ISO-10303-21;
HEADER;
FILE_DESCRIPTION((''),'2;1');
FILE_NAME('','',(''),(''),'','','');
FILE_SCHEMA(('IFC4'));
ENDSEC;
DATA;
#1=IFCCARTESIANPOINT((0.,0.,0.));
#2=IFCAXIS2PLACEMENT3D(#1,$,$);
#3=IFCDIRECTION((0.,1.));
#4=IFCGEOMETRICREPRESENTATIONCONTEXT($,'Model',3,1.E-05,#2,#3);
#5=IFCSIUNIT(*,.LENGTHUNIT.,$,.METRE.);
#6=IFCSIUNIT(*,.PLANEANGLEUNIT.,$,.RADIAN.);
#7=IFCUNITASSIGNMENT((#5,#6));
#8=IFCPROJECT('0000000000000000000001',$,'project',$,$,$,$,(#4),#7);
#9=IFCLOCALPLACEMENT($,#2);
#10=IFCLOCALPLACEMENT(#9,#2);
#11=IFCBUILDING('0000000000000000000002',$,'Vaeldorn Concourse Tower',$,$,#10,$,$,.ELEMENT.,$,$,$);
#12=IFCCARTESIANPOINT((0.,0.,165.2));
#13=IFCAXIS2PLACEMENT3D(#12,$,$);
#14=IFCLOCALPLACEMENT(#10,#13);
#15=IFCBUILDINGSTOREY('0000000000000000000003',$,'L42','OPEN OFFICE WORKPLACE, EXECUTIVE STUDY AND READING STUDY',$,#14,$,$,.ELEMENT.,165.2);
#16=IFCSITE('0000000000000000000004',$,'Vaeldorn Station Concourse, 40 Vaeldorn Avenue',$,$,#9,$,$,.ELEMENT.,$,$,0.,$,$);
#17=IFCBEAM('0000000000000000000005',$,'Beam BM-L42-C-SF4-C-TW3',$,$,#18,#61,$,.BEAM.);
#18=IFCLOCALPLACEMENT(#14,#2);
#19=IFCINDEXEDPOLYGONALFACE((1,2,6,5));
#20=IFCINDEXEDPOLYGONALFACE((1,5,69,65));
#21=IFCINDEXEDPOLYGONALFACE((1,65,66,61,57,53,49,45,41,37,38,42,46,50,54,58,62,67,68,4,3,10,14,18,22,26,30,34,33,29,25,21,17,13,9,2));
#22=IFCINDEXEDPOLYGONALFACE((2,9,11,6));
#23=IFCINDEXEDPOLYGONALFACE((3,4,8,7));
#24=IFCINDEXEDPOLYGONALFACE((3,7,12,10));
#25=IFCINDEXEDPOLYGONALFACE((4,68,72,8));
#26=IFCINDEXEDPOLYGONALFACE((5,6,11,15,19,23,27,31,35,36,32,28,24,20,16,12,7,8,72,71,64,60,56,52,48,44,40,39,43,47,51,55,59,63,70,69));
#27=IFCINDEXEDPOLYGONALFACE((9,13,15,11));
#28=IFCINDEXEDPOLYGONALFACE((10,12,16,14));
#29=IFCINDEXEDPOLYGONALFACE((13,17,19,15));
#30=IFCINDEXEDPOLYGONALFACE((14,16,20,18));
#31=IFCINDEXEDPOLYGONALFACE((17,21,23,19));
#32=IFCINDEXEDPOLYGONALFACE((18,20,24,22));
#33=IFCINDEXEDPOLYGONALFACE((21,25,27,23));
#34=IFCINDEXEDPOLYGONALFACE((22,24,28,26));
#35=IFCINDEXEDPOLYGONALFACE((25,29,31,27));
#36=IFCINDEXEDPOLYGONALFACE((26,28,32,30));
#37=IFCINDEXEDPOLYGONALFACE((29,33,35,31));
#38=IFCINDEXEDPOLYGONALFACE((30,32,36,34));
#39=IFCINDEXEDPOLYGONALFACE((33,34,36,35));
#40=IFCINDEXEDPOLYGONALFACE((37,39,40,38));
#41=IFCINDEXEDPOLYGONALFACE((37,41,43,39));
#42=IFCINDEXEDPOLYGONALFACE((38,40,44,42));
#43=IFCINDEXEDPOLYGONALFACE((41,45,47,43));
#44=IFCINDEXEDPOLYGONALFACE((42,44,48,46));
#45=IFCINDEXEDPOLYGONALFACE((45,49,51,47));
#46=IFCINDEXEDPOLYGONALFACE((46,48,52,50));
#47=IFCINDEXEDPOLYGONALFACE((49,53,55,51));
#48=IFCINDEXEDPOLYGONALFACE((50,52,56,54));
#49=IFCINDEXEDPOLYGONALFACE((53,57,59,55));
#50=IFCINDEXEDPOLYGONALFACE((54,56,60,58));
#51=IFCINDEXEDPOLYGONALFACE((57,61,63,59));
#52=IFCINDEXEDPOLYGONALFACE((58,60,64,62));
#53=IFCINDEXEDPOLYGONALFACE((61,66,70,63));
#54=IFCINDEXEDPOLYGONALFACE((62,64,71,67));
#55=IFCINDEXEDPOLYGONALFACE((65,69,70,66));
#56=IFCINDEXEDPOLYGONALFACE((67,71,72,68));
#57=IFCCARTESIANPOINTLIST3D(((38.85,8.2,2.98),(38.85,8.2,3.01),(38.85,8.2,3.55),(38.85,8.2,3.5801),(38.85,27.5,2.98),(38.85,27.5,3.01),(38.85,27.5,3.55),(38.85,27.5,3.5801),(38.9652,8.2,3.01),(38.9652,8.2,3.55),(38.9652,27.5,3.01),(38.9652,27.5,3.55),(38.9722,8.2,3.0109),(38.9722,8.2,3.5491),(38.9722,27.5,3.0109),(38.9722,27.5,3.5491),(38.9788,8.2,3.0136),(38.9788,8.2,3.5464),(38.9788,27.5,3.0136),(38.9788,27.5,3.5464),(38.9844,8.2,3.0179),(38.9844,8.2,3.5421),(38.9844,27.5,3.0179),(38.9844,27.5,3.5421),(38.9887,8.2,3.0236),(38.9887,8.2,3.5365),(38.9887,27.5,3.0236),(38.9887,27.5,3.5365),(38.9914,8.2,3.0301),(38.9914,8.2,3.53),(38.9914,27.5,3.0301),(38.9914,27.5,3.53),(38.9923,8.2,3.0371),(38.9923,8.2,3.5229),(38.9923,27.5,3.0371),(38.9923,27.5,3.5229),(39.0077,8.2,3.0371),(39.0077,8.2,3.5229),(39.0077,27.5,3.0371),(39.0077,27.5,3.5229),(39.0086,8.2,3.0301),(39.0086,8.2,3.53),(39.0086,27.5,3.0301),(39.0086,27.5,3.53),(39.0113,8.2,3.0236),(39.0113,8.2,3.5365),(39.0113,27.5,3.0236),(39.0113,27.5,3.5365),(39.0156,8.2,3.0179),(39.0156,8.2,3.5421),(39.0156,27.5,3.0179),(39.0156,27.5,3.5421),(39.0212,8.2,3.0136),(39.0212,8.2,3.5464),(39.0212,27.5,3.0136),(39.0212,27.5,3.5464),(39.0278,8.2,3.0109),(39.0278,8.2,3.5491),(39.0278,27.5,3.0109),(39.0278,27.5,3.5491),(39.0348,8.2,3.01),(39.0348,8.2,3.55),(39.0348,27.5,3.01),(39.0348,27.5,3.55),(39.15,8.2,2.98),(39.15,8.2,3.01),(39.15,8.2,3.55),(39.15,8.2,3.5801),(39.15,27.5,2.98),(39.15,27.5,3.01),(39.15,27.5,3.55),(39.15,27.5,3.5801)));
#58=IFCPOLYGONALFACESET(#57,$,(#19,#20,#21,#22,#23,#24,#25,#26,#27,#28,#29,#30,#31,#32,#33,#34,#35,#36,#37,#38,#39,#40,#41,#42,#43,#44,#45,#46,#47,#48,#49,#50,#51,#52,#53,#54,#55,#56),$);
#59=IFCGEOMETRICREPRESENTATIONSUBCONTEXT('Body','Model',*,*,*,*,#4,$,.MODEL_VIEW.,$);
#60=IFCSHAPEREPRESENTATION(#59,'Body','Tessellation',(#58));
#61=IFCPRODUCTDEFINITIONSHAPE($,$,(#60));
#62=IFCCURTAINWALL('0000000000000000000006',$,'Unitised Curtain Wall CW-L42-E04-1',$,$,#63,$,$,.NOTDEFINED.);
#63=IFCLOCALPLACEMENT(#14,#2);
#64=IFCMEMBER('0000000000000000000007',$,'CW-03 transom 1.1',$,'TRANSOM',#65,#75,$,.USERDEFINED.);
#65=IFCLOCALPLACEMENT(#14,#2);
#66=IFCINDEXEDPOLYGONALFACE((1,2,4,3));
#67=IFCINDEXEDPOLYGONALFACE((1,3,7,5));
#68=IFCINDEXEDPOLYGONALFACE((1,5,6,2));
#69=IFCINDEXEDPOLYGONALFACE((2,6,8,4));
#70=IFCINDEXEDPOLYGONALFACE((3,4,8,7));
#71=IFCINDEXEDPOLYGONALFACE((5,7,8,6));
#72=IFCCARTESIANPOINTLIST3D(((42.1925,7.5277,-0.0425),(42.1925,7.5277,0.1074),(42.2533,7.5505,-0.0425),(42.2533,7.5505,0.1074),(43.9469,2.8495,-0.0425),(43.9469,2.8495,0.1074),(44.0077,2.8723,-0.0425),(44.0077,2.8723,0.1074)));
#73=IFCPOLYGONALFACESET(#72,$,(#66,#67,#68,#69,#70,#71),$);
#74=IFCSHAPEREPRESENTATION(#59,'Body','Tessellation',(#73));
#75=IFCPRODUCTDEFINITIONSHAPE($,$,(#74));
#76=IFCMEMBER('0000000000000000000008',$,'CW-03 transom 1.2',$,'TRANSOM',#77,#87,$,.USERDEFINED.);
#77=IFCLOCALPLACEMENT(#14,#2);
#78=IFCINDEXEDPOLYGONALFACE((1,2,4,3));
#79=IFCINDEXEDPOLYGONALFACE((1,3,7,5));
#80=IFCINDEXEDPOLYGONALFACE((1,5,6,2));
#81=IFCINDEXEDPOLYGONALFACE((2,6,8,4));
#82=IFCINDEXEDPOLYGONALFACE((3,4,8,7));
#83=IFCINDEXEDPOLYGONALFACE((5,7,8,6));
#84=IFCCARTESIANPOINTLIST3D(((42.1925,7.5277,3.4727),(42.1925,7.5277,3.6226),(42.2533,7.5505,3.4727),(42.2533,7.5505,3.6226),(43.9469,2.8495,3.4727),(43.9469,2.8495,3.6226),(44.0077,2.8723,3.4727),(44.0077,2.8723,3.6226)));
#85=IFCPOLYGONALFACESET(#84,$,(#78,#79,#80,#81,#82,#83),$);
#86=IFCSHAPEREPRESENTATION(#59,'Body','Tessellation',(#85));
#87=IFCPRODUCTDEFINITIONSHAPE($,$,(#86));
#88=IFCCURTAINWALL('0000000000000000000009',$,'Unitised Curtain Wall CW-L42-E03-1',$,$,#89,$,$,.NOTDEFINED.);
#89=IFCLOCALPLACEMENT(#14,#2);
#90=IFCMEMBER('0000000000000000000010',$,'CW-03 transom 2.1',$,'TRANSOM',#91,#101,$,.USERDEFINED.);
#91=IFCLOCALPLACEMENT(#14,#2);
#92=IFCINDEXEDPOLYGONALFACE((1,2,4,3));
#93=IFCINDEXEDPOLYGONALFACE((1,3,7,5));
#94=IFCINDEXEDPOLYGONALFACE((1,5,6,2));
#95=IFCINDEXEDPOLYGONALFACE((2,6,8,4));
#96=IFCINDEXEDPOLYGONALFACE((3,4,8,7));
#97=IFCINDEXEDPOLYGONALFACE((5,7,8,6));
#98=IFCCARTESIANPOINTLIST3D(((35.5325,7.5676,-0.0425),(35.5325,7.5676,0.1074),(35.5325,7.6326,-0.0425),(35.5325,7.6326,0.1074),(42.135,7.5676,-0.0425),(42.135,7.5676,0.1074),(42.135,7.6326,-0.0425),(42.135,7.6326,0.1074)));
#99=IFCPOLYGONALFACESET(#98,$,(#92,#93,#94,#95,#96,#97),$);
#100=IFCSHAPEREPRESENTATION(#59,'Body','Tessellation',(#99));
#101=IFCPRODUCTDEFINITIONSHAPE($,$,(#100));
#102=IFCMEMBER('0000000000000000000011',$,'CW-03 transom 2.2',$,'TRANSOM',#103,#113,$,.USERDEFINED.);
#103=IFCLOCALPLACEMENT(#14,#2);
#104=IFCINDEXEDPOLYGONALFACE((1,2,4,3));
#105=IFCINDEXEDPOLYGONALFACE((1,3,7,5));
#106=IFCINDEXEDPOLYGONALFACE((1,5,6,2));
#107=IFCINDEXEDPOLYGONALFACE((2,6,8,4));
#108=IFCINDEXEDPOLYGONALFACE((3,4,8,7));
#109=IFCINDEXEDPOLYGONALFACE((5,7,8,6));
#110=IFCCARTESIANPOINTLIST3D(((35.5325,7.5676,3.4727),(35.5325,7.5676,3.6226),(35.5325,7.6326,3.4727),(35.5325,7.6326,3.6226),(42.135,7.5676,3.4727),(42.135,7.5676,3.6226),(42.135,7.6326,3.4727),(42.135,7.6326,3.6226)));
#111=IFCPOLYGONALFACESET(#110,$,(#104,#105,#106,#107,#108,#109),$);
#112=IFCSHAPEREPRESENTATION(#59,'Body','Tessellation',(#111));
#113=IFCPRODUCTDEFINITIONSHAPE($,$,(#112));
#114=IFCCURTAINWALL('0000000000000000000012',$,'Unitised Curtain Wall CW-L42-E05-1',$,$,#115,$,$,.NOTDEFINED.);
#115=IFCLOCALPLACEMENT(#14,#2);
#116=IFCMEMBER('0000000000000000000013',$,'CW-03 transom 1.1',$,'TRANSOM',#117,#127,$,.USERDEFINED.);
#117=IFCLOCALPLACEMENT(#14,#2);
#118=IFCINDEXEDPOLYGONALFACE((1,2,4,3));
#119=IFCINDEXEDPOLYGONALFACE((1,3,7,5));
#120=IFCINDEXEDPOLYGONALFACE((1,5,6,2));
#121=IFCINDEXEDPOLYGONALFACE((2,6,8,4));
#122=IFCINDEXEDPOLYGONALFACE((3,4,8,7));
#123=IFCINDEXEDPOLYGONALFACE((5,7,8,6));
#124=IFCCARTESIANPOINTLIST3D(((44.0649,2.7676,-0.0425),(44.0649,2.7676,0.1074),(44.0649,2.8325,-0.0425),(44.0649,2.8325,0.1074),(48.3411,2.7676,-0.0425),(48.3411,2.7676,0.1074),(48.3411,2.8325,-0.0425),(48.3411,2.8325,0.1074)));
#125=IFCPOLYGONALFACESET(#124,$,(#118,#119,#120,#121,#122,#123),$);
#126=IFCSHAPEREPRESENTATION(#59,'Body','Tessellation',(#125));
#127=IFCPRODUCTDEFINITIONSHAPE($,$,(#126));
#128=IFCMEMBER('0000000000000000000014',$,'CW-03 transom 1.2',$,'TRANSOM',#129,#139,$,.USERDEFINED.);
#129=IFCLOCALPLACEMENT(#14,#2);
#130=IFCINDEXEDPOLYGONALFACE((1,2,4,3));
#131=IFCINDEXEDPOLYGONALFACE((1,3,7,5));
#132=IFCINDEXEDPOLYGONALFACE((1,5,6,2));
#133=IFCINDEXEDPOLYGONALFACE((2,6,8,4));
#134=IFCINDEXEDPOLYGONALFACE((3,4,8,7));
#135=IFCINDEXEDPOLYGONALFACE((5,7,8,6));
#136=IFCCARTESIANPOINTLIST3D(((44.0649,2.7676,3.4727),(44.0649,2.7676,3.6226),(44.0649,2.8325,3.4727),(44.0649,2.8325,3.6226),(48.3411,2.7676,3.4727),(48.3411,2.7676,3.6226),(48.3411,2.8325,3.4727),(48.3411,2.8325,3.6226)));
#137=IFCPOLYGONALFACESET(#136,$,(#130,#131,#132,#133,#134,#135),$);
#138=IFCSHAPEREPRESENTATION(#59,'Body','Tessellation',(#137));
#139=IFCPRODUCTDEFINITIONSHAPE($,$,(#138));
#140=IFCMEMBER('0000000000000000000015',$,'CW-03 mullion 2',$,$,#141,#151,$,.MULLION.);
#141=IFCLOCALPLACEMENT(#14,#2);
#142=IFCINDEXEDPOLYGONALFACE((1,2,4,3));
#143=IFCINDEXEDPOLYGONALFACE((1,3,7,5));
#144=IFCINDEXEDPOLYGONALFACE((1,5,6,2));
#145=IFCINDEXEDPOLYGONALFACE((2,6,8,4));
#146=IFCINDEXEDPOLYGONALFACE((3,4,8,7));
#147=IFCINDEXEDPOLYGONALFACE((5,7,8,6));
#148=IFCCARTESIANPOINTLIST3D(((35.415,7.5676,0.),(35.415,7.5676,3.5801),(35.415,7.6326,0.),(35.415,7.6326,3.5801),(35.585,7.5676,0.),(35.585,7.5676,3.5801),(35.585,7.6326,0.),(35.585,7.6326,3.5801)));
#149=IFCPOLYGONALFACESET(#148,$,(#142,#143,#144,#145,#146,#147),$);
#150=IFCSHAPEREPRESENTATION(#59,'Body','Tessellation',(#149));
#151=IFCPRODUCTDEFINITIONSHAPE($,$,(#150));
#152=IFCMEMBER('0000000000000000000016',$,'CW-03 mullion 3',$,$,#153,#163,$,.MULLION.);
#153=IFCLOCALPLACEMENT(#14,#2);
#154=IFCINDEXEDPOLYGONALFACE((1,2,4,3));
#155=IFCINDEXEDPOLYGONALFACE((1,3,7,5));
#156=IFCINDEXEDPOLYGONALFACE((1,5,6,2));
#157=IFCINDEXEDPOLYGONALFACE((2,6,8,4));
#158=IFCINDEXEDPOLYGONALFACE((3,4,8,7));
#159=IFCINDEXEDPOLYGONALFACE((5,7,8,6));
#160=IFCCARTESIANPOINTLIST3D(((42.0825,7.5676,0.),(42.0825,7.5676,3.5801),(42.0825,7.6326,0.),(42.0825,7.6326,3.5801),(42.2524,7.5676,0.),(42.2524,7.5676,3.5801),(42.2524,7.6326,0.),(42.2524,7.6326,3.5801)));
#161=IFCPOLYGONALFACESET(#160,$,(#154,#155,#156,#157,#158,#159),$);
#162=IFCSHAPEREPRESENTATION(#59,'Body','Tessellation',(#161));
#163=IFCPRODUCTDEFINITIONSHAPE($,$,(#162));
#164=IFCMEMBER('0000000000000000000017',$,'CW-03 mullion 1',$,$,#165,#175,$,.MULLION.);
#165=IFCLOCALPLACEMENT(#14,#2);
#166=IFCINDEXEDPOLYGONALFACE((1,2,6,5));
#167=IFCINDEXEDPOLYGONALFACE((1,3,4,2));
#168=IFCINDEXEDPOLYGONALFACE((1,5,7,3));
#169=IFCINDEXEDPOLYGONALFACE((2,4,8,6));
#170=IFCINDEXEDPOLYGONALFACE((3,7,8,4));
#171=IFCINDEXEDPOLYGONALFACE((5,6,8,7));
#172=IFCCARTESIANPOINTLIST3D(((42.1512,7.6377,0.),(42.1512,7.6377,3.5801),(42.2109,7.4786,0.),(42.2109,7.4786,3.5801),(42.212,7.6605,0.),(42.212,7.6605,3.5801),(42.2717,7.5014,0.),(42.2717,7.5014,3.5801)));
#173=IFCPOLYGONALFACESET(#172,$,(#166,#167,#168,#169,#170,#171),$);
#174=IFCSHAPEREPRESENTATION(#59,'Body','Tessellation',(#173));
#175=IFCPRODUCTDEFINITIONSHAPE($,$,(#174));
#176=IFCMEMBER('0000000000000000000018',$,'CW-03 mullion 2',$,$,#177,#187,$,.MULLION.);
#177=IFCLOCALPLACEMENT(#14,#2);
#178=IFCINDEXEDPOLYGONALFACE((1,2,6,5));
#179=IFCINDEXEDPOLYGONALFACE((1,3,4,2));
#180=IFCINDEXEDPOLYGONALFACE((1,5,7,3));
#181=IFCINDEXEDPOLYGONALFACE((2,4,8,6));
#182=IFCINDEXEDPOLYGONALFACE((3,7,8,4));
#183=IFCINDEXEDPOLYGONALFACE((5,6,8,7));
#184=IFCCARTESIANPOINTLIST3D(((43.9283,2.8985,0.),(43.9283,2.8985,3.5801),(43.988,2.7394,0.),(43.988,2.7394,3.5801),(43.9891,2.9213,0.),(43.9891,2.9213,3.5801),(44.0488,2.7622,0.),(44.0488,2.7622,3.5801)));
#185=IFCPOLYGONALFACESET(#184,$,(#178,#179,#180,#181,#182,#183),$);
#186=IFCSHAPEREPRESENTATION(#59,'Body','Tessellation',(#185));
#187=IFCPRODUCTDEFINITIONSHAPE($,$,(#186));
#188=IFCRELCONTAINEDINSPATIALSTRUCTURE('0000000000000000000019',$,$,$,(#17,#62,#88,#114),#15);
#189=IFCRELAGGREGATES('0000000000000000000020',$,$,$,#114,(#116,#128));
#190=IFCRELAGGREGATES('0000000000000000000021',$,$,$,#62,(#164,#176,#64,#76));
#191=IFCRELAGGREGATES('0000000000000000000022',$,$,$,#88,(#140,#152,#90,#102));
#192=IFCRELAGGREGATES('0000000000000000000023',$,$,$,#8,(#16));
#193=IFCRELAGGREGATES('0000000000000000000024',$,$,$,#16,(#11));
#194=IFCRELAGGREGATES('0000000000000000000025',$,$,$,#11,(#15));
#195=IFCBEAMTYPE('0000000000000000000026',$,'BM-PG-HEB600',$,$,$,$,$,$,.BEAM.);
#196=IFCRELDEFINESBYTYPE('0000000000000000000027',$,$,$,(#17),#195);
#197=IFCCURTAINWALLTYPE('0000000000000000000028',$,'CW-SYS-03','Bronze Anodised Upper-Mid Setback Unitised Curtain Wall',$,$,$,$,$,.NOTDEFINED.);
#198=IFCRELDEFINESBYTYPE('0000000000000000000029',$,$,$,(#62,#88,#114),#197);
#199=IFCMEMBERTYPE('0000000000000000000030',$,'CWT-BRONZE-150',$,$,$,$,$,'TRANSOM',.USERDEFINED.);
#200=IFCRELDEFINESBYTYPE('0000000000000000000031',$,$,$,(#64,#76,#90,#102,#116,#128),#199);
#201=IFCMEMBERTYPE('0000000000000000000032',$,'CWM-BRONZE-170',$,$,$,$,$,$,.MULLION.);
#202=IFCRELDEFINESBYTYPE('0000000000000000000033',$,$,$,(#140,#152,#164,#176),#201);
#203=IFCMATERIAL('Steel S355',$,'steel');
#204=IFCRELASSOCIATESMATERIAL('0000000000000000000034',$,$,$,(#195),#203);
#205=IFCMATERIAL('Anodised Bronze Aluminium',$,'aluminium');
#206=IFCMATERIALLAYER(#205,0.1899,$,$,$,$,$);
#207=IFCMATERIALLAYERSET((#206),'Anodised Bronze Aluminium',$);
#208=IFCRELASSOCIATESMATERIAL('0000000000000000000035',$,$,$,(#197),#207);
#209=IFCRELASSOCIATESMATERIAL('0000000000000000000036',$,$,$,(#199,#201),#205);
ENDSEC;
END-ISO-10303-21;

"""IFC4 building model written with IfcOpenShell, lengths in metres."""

from ifc_helpers import new_model, si_unit, direction, frame, origin, origin_2d, place, context, subcontext, project, spatial, rectangle, i_section, extrude, source, transform, mapped, material, layer, layer_set, material_profile, profile_set, type_object, element, aggregate, save


model = new_model("IFC4")

# Units and contexts
model_context = context("Model", 3, precision=1e-05, world=origin(), true_north=direction((0.0, 1.0)))
body_context = subcontext(model_context, "Body", "Model", "MODEL_VIEW")
ifc_project = project(units=[si_unit("LENGTHUNIT", "METRE"), si_unit("PLANEANGLEUNIT", "RADIAN")], contexts=[model_context])

# Site, building, storey
site_placement = place(None, origin())
site = spatial("IfcSite", under=ifc_project, at=site_placement, Name="Vaeldorn Station Concourse, 40 Vaeldorn Avenue", CompositionType="ELEMENT", RefElevation=0.0)
building_placement = place(site_placement, origin())
building = spatial("IfcBuilding", under=site, at=building_placement, Name="Vaeldorn Concourse Tower", CompositionType="ELEMENT")
storey_placement = place(building_placement, frame((0.0, 0.0, 165.2)))
storey = spatial("IfcBuildingStorey", under=building, at=storey_placement, Name="L42", Description="OPEN OFFICE WORKPLACE, EXECUTIVE STUDY AND READING STUDY", CompositionType="ELEMENT", Elevation=165.2)

# Beam
ifc_material_1 = material(Name="Steel S355", Category="steel")
ifc_material_profile_1 = material_profile(ifc_material_1, i_section(OverallWidth=0.3, OverallDepth=0.6001, WebThickness=0.0154, FlangeThickness=0.03, FilletRadius=0.0271, at=origin_2d()), Name="HEB 600")
ifc_profile_set_1 = profile_set([ifc_material_profile_1], Name="Steel S355")
beam_type_1 = type_object("IfcBeamType", Name="BM-PG-HEB600", PredefinedType="BEAM", material=ifc_profile_set_1)
shared_shape_1 = source(origin(), body_context, "Body", "SweptSolid", [
    extrude(i_section(OverallWidth=0.3, OverallDepth=0.6001, WebThickness=0.0154, FlangeThickness=0.03, FilletRadius=0.0271, at=origin_2d()), origin(), (0.0, 0.0, 1.0), 19.3),
])
beam_1_placement = place(storey_placement, frame((39.0, 8.2, 3.28), z_axis=(0.0, 1.0, 0.0), x_axis=(-1.0, 0.0, 0.0)))
element("IfcBeam", 1, at=beam_1_placement, inside=storey, type_object=beam_type_1, Name="Beam BM-L42-C-SF4-C-TW3", PredefinedType="BEAM", context=body_context, shape_type="MappedRepresentation", body=[
    mapped(shared_shape_1, transform((0.0, 0.0, 0.0), scale=1.0)),
])

# Curtain walls, members
ifc_material_2 = material(Name="Anodised Bronze Aluminium", Category="aluminium")
ifc_layer_1 = layer(ifc_material_2, 0.1899)
ifc_layer_set_1 = layer_set([ifc_layer_1], Name="Anodised Bronze Aluminium")
curtain_wall_type = type_object("IfcCurtainWallType", Name="CW-SYS-03", Description="Bronze Anodised Upper-Mid Setback Unitised Curtain Wall", PredefinedType="NOTDEFINED", material=ifc_layer_set_1)
curtain_wall_1_placement = place(storey_placement, origin())
curtain_wall_1 = element("IfcCurtainWall", 2, at=curtain_wall_1_placement, inside=storey, type_object=curtain_wall_type, Name="Unitised Curtain Wall CW-L42-E04-1", PredefinedType="NOTDEFINED")
ifc_material_profile_2 = material_profile(ifc_material_2, rectangle(XDim=0.0649, YDim=0.1499, at=origin_2d()), Name="CWT 65x150")
ifc_profile_set_2 = profile_set([ifc_material_profile_2], Name="Anodised Bronze Aluminium")
member_type_1 = type_object("IfcMemberType", Name="CWT-BRONZE-150", ElementType="TRANSOM", PredefinedType="USERDEFINED", material=ifc_profile_set_2)
shared_shape_2 = source(origin(), body_context, "Body", "SweptSolid", [
    extrude(rectangle(XDim=0.0649, YDim=0.1499, at=origin_2d()), origin(), (0.0, 0.0, 1.0), 4.9963),
])
member_1_placement = place(storey_placement, frame((42.2229, 7.5391, 0.0325), z_axis=(0.351134, -0.936325, 0.0), x_axis=(0.936325, 0.351134, 0.0)))
member_1 = element("IfcMember", 3, at=member_1_placement, type_object=member_type_1, Name="CW-03 transom 1.1", ObjectType="TRANSOM", PredefinedType="USERDEFINED", context=body_context, shape_type="MappedRepresentation", body=[
    mapped(shared_shape_2, transform((0.0, 0.0, 0.0), scale=1.0)),
])
member_2_placement = place(storey_placement, frame((42.2229, 7.5391, 3.5476), z_axis=(0.351134, -0.936325, 0.0), x_axis=(0.936325, 0.351134, 0.0)))
member_2 = element("IfcMember", 4, at=member_2_placement, type_object=member_type_1, Name="CW-03 transom 1.2", ObjectType="TRANSOM", PredefinedType="USERDEFINED", context=body_context, shape_type="MappedRepresentation", body=[
    mapped(shared_shape_2, transform((0.0, 0.0, 0.0), scale=1.0)),
])
curtain_wall_2_placement = place(storey_placement, origin())
curtain_wall_2 = element("IfcCurtainWall", 5, at=curtain_wall_2_placement, inside=storey, type_object=curtain_wall_type, Name="Unitised Curtain Wall CW-L42-E03-1", PredefinedType="NOTDEFINED")
shared_shape_3 = source(origin(), body_context, "Body", "SweptSolid", [
    extrude(rectangle(XDim=0.0649, YDim=0.1499, at=origin_2d()), origin(), (0.0, 0.0, 1.0), 6.6025),
])
member_3_placement = place(storey_placement, frame((35.5325, 7.6001, 0.0325), z_axis=(1.0, 0.0, 0.0), x_axis=(0.0, 1.0, 0.0)))
member_3 = element("IfcMember", 6, at=member_3_placement, type_object=member_type_1, Name="CW-03 transom 2.1", ObjectType="TRANSOM", PredefinedType="USERDEFINED", context=body_context, shape_type="MappedRepresentation", body=[
    mapped(shared_shape_3, transform((0.0, 0.0, 0.0), scale=1.0)),
])
member_4_placement = place(storey_placement, frame((35.5325, 7.6001, 3.5476), z_axis=(1.0, 0.0, 0.0), x_axis=(0.0, 1.0, 0.0)))
member_4 = element("IfcMember", 7, at=member_4_placement, type_object=member_type_1, Name="CW-03 transom 2.2", ObjectType="TRANSOM", PredefinedType="USERDEFINED", context=body_context, shape_type="MappedRepresentation", body=[
    mapped(shared_shape_3, transform((0.0, 0.0, 0.0), scale=1.0)),
])
curtain_wall_3_placement = place(storey_placement, origin())
curtain_wall_3 = element("IfcCurtainWall", 8, at=curtain_wall_3_placement, inside=storey, type_object=curtain_wall_type, Name="Unitised Curtain Wall CW-L42-E05-1", PredefinedType="NOTDEFINED")
shared_shape_4 = source(origin(), body_context, "Body", "SweptSolid", [
    extrude(rectangle(XDim=0.0649, YDim=0.1499, at=origin_2d()), origin(), (0.0, 0.0, 1.0), 4.2761),
])
member_5_placement = place(storey_placement, frame((44.0649, 2.8, 0.0325), z_axis=(1.0, 0.0, 0.0), x_axis=(0.0, 1.0, 0.0)))
member_5 = element("IfcMember", 9, at=member_5_placement, type_object=member_type_1, Name="CW-03 transom 1.1", ObjectType="TRANSOM", PredefinedType="USERDEFINED", context=body_context, shape_type="MappedRepresentation", body=[
    mapped(shared_shape_4, transform((0.0, 0.0, 0.0), scale=1.0)),
])
member_6_placement = place(storey_placement, frame((44.0649, 2.8, 3.5476), z_axis=(1.0, 0.0, 0.0), x_axis=(0.0, 1.0, 0.0)))
member_6 = element("IfcMember", 10, at=member_6_placement, type_object=member_type_1, Name="CW-03 transom 1.2", ObjectType="TRANSOM", PredefinedType="USERDEFINED", context=body_context, shape_type="MappedRepresentation", body=[
    mapped(shared_shape_4, transform((0.0, 0.0, 0.0), scale=1.0)),
])

# Members
ifc_material_profile_3 = material_profile(ifc_material_2, rectangle(XDim=0.0649, YDim=0.1699, at=origin_2d()), Name="CWM 65x170")
ifc_profile_set_3 = profile_set([ifc_material_profile_3], Name="Anodised Bronze Aluminium")
member_type_2 = type_object("IfcMemberType", Name="CWM-BRONZE-170", PredefinedType="MULLION", material=ifc_profile_set_3)
shared_shape_5 = source(origin(), body_context, "Body", "SweptSolid", [
    extrude(rectangle(XDim=0.0649, YDim=0.1699, at=origin_2d()), origin(), (0.0, 0.0, 1.0), 3.5801),
])
member_7_placement = place(storey_placement, frame((35.5, 7.6001, 0.0), z_axis=(0.0, 0.0, 1.0), x_axis=(0.0, 1.0, 0.0)))
member_7 = element("IfcMember", 11, at=member_7_placement, type_object=member_type_2, Name="CW-03 mullion 2", PredefinedType="MULLION", context=body_context, shape_type="MappedRepresentation", body=[
    mapped(shared_shape_5, transform((0.0, 0.0, 0.0), scale=1.0)),
])
member_8_placement = place(storey_placement, frame((42.1675, 7.6001, 0.0), z_axis=(0.0, 0.0, 1.0), x_axis=(0.0, 1.0, 0.0)))
member_8 = element("IfcMember", 12, at=member_8_placement, type_object=member_type_2, Name="CW-03 mullion 3", PredefinedType="MULLION", context=body_context, shape_type="MappedRepresentation", body=[
    mapped(shared_shape_5, transform((0.0, 0.0, 0.0), scale=1.0)),
])
member_9_placement = place(storey_placement, frame((42.2114, 7.5696, 0.0), z_axis=(0.0, 0.0, 1.0), x_axis=(0.936329, 0.351123, 0.0)))
member_9 = element("IfcMember", 13, at=member_9_placement, type_object=member_type_2, Name="CW-03 mullion 1", PredefinedType="MULLION", context=body_context, shape_type="MappedRepresentation", body=[
    mapped(shared_shape_5, transform((0.0, 0.0, 0.0), scale=1.0)),
])
member_10_placement = place(storey_placement, frame((43.9885, 2.8303, 0.0), z_axis=(0.0, 0.0, 1.0), x_axis=(0.936329, 0.351123, 0.0)))
member_10 = element("IfcMember", 14, at=member_10_placement, type_object=member_type_2, Name="CW-03 mullion 2", PredefinedType="MULLION", context=body_context, shape_type="MappedRepresentation", body=[
    mapped(shared_shape_5, transform((0.0, 0.0, 0.0), scale=1.0)),
])
aggregate(curtain_wall_3, [member_5, member_6])

aggregate(curtain_wall_1, [member_9, member_10, member_1, member_2])
aggregate(curtain_wall_2, [member_7, member_8, member_3, member_4])

save(model, "model.ifc")
